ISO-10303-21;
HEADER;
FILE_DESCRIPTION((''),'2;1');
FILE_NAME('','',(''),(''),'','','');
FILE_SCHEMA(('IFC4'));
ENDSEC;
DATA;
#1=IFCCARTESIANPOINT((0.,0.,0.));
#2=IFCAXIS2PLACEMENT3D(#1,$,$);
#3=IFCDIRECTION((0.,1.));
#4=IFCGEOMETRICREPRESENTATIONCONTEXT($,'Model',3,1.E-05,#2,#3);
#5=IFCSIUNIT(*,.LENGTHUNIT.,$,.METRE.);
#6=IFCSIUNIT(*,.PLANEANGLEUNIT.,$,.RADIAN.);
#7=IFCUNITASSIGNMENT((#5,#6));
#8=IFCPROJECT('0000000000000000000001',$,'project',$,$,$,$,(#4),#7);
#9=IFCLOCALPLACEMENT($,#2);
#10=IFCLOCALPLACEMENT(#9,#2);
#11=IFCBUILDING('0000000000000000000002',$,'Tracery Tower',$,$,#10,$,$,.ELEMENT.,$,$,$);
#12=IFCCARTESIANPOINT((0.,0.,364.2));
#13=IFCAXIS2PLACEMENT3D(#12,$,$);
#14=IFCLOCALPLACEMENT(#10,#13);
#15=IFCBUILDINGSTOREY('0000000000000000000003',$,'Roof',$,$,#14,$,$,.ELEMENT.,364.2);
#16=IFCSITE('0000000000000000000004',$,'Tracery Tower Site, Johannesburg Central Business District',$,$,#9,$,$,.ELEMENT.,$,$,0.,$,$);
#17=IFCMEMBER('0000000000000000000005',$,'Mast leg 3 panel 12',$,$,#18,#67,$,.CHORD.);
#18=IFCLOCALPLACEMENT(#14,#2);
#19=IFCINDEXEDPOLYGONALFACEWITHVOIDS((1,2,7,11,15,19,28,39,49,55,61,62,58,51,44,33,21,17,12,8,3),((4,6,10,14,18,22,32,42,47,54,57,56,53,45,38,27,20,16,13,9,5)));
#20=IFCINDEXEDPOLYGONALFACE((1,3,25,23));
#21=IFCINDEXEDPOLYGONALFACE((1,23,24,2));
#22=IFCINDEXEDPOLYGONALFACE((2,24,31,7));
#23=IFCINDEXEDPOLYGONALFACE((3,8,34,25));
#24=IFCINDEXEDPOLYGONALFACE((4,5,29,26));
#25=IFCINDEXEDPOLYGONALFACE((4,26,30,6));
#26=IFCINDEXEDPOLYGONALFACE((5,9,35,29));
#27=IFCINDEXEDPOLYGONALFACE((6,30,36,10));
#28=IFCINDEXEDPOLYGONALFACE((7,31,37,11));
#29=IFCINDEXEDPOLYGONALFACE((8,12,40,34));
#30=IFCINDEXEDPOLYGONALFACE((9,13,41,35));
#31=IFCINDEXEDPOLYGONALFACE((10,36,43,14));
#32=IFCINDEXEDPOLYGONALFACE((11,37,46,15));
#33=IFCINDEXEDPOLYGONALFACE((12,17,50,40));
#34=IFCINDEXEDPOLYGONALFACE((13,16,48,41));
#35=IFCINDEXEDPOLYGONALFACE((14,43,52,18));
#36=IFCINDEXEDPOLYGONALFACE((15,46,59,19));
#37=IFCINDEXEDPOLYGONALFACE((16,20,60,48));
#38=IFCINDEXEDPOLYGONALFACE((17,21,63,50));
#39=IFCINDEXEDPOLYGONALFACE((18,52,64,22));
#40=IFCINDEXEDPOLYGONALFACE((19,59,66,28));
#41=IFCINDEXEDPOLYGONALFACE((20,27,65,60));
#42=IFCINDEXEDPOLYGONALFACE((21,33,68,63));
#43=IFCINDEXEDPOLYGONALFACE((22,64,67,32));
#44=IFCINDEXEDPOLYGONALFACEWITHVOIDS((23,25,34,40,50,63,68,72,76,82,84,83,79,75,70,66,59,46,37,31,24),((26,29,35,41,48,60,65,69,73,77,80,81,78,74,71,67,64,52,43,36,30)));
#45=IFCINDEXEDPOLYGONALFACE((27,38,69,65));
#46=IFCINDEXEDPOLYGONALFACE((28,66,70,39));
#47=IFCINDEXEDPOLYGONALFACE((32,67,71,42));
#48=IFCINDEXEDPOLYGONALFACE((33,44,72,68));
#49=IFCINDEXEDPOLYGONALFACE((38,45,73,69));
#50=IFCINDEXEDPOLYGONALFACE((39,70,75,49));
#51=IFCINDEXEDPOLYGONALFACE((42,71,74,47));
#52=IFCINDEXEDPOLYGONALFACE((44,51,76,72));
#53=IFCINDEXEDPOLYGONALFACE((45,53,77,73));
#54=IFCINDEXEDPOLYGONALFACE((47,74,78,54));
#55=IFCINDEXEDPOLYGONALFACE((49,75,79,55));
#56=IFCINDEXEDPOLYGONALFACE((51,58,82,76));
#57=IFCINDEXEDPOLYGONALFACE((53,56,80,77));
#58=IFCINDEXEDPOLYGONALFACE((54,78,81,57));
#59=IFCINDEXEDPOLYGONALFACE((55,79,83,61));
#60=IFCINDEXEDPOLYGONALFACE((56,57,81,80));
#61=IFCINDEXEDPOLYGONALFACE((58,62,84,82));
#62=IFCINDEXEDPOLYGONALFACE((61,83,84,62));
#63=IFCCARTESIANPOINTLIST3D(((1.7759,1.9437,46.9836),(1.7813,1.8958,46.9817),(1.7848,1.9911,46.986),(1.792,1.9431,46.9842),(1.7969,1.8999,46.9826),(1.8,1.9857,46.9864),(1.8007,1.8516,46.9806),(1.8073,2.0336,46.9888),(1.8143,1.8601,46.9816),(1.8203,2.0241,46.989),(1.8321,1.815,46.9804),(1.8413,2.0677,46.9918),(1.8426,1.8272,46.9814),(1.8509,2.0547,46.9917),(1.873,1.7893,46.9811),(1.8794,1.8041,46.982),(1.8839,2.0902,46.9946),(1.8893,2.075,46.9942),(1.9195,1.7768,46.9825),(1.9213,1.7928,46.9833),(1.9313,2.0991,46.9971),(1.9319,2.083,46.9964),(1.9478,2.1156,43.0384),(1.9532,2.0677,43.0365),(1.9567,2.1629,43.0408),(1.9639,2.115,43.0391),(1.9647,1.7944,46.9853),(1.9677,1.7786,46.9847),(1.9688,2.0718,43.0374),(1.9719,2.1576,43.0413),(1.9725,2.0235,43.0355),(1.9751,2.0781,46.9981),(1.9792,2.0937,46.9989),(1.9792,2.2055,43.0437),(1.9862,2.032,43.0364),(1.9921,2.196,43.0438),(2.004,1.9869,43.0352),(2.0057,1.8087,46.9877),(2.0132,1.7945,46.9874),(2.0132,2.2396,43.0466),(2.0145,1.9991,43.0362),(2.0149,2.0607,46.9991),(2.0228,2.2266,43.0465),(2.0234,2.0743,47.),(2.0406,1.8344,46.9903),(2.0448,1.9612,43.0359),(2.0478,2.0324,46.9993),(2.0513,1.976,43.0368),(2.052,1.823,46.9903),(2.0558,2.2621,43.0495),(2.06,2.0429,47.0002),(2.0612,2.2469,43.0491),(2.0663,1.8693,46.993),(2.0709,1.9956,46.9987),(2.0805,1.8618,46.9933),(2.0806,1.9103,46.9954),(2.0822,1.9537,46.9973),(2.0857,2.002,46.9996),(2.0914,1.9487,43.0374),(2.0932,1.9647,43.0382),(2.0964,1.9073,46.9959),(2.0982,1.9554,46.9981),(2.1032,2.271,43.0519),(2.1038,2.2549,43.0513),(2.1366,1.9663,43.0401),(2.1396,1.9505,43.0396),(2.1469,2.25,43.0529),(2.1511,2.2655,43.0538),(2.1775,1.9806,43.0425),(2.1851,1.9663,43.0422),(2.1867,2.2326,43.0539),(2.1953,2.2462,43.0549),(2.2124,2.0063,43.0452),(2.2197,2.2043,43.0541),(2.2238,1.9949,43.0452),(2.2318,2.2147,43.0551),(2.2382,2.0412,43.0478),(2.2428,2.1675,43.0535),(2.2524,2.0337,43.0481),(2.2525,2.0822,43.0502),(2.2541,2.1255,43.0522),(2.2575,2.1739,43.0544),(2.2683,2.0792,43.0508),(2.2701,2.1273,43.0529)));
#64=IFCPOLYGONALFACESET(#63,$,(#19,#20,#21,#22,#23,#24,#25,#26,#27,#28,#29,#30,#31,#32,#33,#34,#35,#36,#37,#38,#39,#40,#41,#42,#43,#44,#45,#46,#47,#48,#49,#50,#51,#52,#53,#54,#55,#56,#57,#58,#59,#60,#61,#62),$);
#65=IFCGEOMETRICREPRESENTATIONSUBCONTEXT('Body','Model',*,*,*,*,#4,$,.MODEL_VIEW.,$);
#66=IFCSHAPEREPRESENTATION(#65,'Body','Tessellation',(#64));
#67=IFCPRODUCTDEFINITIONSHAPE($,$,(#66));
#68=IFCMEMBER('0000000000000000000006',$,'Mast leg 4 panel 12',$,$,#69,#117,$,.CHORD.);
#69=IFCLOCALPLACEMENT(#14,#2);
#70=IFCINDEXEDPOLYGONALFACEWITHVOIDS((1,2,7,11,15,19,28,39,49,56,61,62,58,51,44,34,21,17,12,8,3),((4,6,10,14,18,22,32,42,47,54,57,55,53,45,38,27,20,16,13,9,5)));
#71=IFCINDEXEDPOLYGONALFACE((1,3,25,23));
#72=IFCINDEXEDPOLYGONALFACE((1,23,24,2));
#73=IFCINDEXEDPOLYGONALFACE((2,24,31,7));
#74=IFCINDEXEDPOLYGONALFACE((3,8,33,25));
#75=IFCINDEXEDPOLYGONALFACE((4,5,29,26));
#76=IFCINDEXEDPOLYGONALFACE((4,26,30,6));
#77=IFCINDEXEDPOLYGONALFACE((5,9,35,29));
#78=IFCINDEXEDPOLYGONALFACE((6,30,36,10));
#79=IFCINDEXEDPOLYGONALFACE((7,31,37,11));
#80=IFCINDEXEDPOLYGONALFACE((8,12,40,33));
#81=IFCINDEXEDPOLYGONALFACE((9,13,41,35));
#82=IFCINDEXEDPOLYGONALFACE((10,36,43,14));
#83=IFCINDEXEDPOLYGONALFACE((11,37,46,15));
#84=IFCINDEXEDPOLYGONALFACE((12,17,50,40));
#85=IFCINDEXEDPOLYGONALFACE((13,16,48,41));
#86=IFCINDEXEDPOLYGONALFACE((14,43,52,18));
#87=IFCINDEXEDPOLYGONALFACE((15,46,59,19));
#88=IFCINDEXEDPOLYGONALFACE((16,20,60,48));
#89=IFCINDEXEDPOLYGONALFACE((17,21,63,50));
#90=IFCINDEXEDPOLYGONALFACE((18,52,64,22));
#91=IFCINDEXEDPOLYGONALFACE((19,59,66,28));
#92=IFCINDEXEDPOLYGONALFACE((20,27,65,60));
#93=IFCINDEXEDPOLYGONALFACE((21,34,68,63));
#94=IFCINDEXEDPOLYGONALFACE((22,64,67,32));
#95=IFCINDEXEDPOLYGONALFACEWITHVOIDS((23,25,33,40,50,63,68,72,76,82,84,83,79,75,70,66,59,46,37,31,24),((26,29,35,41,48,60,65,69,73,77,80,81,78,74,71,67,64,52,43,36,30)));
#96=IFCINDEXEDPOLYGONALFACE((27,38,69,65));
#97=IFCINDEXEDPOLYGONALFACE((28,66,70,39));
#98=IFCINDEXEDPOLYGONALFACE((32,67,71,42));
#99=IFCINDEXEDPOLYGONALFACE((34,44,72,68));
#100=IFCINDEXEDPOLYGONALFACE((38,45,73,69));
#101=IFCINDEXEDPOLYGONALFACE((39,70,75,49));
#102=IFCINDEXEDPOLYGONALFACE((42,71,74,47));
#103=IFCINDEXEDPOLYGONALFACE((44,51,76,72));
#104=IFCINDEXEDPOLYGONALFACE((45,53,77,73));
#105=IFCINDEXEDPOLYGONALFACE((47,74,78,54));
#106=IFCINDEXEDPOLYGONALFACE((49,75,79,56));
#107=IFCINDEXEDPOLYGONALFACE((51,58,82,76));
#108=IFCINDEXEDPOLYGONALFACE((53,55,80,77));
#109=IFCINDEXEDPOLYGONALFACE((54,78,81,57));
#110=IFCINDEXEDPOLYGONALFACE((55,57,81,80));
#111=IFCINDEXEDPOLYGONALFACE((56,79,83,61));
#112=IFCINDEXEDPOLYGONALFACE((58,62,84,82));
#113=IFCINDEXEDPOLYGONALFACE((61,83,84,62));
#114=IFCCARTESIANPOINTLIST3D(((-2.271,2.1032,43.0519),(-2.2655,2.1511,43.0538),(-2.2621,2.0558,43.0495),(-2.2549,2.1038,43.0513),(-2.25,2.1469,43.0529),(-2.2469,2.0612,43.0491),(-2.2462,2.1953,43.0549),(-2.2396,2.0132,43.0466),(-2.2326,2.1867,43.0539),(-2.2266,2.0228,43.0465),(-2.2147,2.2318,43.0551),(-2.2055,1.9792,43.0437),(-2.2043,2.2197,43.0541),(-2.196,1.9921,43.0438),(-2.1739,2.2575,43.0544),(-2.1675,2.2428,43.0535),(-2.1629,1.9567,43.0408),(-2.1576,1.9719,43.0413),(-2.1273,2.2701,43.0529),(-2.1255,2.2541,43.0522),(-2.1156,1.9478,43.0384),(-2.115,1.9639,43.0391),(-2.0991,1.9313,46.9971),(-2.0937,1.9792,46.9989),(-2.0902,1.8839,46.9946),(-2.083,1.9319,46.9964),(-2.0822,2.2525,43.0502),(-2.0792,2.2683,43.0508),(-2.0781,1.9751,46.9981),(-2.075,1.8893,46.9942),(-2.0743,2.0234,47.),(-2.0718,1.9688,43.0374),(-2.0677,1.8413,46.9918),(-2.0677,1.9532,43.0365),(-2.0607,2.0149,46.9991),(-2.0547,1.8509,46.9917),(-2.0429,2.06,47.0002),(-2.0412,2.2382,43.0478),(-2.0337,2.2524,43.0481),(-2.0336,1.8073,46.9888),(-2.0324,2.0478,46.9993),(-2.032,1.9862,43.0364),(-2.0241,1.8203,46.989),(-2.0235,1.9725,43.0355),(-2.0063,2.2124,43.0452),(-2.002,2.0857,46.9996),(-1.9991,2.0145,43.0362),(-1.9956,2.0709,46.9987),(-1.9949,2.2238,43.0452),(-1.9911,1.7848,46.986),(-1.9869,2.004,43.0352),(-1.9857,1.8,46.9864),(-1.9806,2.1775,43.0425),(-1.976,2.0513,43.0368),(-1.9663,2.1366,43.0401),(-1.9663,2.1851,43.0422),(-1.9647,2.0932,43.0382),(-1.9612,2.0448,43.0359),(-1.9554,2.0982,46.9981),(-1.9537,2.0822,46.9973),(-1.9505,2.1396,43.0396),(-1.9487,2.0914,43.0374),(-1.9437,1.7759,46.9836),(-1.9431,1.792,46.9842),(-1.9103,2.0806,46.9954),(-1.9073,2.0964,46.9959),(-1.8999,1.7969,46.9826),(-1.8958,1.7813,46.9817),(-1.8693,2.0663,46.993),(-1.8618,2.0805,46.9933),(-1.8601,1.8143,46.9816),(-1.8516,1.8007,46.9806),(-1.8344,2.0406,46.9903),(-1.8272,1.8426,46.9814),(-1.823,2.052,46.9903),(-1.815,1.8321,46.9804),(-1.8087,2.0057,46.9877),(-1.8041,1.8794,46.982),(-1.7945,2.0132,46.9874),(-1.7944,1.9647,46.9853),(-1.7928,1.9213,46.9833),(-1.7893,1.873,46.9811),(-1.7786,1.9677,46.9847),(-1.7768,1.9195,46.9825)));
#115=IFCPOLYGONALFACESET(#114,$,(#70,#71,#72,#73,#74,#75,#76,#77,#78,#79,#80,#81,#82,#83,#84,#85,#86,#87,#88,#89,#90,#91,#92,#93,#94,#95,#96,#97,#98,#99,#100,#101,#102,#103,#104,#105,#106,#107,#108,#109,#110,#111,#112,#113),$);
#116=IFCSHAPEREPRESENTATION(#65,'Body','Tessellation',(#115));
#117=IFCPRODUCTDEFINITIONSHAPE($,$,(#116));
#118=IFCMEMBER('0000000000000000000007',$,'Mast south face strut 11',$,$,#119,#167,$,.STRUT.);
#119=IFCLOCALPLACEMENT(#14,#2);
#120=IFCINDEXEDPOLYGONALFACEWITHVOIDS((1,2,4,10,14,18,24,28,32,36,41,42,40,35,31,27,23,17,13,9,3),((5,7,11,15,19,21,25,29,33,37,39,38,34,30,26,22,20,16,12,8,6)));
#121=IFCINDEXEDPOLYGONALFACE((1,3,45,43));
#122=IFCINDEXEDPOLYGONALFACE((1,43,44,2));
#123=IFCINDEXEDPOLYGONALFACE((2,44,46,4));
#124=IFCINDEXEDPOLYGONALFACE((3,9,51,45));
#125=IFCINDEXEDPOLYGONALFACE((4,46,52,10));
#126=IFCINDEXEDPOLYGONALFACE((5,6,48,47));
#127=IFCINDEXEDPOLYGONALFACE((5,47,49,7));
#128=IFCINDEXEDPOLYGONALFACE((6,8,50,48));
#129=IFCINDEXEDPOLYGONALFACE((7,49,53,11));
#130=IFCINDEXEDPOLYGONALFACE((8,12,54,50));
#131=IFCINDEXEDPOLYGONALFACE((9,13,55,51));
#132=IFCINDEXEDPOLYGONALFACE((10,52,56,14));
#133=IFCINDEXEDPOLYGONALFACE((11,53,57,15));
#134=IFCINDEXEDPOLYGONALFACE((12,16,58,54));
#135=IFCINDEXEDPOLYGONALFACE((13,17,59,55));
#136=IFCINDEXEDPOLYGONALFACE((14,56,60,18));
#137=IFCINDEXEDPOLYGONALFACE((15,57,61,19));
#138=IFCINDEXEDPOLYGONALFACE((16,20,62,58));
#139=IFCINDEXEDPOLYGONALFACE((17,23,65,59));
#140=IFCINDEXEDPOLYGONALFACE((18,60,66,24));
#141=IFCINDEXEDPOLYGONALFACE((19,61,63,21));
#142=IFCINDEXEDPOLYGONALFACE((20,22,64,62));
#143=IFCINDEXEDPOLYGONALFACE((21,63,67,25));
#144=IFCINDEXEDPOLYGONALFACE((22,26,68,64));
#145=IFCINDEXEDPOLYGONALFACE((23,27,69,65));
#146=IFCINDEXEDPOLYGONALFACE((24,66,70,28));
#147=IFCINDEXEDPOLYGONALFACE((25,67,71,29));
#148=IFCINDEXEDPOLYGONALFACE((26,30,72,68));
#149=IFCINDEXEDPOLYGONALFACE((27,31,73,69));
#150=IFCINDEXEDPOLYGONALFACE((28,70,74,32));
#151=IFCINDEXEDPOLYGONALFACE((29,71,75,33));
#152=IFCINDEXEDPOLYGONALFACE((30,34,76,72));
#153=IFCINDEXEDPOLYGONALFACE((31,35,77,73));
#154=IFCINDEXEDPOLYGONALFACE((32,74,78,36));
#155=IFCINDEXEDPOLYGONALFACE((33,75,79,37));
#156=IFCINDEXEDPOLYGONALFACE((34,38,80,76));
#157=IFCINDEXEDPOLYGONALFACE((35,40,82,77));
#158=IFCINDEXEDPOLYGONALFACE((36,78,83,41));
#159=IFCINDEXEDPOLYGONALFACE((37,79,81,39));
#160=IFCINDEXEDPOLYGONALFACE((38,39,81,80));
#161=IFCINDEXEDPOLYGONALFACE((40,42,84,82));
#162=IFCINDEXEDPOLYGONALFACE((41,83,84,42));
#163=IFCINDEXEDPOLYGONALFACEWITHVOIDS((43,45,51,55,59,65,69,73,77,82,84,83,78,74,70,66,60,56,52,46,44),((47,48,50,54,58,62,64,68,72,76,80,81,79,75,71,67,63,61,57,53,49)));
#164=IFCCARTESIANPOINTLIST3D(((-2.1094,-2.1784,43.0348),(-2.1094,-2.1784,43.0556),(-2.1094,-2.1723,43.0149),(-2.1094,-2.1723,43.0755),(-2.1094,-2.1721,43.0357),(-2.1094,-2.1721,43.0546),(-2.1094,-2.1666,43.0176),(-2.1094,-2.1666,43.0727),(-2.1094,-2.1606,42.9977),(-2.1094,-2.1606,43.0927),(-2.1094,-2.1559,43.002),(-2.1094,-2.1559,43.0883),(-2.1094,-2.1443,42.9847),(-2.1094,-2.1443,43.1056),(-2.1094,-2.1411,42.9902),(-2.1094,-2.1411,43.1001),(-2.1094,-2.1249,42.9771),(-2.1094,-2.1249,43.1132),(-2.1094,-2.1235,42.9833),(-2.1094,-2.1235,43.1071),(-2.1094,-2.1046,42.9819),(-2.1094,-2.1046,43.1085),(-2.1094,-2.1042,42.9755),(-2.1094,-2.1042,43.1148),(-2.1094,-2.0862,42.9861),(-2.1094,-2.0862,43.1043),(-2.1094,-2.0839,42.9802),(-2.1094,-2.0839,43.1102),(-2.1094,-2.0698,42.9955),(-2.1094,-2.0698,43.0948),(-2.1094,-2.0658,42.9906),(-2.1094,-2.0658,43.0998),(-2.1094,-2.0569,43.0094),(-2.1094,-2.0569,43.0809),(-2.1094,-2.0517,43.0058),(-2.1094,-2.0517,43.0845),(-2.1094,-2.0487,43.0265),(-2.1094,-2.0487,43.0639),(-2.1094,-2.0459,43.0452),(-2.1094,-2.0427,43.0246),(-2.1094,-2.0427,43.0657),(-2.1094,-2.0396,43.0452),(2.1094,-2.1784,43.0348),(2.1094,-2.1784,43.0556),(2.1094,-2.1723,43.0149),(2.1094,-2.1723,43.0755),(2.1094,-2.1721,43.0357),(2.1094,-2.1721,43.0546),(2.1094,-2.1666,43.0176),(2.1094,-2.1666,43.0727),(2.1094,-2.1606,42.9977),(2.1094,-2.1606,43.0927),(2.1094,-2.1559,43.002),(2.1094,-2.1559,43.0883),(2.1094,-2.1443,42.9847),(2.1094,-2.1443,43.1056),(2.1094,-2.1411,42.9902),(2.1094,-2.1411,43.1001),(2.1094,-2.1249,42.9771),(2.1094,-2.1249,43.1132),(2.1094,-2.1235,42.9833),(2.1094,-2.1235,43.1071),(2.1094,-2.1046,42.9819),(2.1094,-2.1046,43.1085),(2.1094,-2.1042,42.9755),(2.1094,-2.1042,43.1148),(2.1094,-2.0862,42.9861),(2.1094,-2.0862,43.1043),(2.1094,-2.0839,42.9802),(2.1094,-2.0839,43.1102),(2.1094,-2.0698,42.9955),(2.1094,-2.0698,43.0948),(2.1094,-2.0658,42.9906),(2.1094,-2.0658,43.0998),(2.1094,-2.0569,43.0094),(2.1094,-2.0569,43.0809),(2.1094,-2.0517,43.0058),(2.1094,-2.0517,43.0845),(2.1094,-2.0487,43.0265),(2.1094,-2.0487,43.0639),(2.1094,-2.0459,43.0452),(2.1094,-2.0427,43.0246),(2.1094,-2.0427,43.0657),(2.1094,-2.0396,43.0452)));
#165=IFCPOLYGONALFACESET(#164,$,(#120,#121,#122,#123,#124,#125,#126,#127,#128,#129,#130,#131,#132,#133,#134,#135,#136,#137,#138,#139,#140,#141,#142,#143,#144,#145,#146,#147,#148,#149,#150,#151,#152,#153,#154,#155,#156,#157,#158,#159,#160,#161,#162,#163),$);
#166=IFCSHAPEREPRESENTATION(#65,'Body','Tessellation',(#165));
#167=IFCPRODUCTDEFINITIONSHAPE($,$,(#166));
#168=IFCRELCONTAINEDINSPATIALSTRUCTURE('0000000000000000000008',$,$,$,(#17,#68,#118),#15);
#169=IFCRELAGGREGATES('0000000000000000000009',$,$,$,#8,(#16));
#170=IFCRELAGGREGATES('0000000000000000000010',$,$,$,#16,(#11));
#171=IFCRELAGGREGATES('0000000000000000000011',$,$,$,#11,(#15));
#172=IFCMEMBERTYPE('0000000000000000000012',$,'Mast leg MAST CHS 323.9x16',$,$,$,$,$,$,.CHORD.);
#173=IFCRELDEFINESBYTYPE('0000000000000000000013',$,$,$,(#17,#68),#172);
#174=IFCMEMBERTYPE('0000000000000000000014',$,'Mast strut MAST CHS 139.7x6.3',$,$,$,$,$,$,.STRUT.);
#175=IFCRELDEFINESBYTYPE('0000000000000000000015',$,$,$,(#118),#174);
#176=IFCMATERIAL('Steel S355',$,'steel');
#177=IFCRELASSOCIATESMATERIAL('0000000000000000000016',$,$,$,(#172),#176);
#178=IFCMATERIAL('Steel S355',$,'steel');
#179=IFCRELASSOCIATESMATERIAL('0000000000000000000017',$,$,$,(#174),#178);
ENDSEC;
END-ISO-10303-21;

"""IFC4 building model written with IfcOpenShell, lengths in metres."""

from ifc_helpers import new_model, si_unit, direction, frame, origin, origin_2d, place, context, subcontext, project, spatial, hollow_circle, extrude, material, material_profile, profile_set, type_object, element, save


model = new_model("IFC4")

# Units and contexts
model_context = context("Model", 3, precision=1e-05, world=origin(), true_north=direction((0.0, 1.0)))
body_context = subcontext(model_context, "Body", "Model", "MODEL_VIEW")
ifc_project = project(units=[si_unit("LENGTHUNIT", "METRE"), si_unit("PLANEANGLEUNIT", "RADIAN")], contexts=[model_context])

# Site, building, storey
site_placement = place(None, origin())
site = spatial("IfcSite", under=ifc_project, at=site_placement, Name="Tracery Tower Site, Johannesburg Central Business District", CompositionType="ELEMENT", RefElevation=0.0)
building_placement = place(site_placement, origin())
building = spatial("IfcBuilding", under=site, at=building_placement, Name="Tracery Tower", CompositionType="ELEMENT")
storey_placement = place(building_placement, frame((0.0, 0.0, 364.2)))
storey = spatial("IfcBuildingStorey", under=building, at=storey_placement, Name="Roof", CompositionType="ELEMENT", Elevation=364.2)

# Members
ifc_material_1 = material(Name="Steel S355", Category="steel")
ifc_material_profile_1 = material_profile(ifc_material_1, hollow_circle(Radius=0.1619, WallThickness=0.0161, at=origin_2d()), Name="CHS 323.9x16")
ifc_profile_set_1 = profile_set([ifc_material_profile_1], Name="Steel S355")
member_type_1 = type_object("IfcMemberType", Name="Mast leg MAST CHS 323.9x16", PredefinedType="CHORD", material=ifc_profile_set_1)
for number, where, z_axis, x_axis, name in (
    (1, (2.1094, 2.1094, 43.0452), (-0.043485, -0.043485, 0.998107), (0.707107, -0.707107, 0.0), "Mast leg 3 panel 12"),
    (2, (-2.1094, 2.1094, 43.0452), (0.043485, -0.043485, 0.998107), (0.707107, 0.707107, 0.0), "Mast leg 4 panel 12"),
):
    element("IfcMember", number, at=place(storey_placement, frame(where, z_axis=z_axis, x_axis=x_axis)), inside=storey, type_object=member_type_1, Name=name, PredefinedType="CHORD", context=body_context, shape_type="SweptSolid", body=[
        extrude(hollow_circle(Radius=0.1619, WallThickness=0.0161, at=origin_2d()), origin(), (0.0, 0.0, 1.0), 3.9526),
    ])
ifc_material_2 = material(Name="Steel S355", Category="steel")
ifc_material_profile_2 = material_profile(ifc_material_2, hollow_circle(Radius=0.0698, WallThickness=0.0063, at=origin_2d()), Name="CHS 139.7x6.3")
ifc_profile_set_2 = profile_set([ifc_material_profile_2], Name="Steel S355")
member_type_2 = type_object("IfcMemberType", Name="Mast strut MAST CHS 139.7x6.3", PredefinedType="STRUT", material=ifc_profile_set_2)
for number, where, z_axis, x_axis, name in (
    (3, (-2.1094, -2.1094, 43.0452), (1.0, 0.0, 0.0), (0.0, 1.0, 0.0), "Mast south face strut 11"),
):
    element("IfcMember", number, at=place(storey_placement, frame(where, z_axis=z_axis, x_axis=x_axis)), inside=storey, type_object=member_type_2, Name=name, PredefinedType="STRUT", context=body_context, shape_type="SweptSolid", body=[
        extrude(hollow_circle(Radius=0.0698, WallThickness=0.0063, at=origin_2d()), origin(), (0.0, 0.0, 1.0), 4.2188),
    ])

save(model, "model.ifc")
